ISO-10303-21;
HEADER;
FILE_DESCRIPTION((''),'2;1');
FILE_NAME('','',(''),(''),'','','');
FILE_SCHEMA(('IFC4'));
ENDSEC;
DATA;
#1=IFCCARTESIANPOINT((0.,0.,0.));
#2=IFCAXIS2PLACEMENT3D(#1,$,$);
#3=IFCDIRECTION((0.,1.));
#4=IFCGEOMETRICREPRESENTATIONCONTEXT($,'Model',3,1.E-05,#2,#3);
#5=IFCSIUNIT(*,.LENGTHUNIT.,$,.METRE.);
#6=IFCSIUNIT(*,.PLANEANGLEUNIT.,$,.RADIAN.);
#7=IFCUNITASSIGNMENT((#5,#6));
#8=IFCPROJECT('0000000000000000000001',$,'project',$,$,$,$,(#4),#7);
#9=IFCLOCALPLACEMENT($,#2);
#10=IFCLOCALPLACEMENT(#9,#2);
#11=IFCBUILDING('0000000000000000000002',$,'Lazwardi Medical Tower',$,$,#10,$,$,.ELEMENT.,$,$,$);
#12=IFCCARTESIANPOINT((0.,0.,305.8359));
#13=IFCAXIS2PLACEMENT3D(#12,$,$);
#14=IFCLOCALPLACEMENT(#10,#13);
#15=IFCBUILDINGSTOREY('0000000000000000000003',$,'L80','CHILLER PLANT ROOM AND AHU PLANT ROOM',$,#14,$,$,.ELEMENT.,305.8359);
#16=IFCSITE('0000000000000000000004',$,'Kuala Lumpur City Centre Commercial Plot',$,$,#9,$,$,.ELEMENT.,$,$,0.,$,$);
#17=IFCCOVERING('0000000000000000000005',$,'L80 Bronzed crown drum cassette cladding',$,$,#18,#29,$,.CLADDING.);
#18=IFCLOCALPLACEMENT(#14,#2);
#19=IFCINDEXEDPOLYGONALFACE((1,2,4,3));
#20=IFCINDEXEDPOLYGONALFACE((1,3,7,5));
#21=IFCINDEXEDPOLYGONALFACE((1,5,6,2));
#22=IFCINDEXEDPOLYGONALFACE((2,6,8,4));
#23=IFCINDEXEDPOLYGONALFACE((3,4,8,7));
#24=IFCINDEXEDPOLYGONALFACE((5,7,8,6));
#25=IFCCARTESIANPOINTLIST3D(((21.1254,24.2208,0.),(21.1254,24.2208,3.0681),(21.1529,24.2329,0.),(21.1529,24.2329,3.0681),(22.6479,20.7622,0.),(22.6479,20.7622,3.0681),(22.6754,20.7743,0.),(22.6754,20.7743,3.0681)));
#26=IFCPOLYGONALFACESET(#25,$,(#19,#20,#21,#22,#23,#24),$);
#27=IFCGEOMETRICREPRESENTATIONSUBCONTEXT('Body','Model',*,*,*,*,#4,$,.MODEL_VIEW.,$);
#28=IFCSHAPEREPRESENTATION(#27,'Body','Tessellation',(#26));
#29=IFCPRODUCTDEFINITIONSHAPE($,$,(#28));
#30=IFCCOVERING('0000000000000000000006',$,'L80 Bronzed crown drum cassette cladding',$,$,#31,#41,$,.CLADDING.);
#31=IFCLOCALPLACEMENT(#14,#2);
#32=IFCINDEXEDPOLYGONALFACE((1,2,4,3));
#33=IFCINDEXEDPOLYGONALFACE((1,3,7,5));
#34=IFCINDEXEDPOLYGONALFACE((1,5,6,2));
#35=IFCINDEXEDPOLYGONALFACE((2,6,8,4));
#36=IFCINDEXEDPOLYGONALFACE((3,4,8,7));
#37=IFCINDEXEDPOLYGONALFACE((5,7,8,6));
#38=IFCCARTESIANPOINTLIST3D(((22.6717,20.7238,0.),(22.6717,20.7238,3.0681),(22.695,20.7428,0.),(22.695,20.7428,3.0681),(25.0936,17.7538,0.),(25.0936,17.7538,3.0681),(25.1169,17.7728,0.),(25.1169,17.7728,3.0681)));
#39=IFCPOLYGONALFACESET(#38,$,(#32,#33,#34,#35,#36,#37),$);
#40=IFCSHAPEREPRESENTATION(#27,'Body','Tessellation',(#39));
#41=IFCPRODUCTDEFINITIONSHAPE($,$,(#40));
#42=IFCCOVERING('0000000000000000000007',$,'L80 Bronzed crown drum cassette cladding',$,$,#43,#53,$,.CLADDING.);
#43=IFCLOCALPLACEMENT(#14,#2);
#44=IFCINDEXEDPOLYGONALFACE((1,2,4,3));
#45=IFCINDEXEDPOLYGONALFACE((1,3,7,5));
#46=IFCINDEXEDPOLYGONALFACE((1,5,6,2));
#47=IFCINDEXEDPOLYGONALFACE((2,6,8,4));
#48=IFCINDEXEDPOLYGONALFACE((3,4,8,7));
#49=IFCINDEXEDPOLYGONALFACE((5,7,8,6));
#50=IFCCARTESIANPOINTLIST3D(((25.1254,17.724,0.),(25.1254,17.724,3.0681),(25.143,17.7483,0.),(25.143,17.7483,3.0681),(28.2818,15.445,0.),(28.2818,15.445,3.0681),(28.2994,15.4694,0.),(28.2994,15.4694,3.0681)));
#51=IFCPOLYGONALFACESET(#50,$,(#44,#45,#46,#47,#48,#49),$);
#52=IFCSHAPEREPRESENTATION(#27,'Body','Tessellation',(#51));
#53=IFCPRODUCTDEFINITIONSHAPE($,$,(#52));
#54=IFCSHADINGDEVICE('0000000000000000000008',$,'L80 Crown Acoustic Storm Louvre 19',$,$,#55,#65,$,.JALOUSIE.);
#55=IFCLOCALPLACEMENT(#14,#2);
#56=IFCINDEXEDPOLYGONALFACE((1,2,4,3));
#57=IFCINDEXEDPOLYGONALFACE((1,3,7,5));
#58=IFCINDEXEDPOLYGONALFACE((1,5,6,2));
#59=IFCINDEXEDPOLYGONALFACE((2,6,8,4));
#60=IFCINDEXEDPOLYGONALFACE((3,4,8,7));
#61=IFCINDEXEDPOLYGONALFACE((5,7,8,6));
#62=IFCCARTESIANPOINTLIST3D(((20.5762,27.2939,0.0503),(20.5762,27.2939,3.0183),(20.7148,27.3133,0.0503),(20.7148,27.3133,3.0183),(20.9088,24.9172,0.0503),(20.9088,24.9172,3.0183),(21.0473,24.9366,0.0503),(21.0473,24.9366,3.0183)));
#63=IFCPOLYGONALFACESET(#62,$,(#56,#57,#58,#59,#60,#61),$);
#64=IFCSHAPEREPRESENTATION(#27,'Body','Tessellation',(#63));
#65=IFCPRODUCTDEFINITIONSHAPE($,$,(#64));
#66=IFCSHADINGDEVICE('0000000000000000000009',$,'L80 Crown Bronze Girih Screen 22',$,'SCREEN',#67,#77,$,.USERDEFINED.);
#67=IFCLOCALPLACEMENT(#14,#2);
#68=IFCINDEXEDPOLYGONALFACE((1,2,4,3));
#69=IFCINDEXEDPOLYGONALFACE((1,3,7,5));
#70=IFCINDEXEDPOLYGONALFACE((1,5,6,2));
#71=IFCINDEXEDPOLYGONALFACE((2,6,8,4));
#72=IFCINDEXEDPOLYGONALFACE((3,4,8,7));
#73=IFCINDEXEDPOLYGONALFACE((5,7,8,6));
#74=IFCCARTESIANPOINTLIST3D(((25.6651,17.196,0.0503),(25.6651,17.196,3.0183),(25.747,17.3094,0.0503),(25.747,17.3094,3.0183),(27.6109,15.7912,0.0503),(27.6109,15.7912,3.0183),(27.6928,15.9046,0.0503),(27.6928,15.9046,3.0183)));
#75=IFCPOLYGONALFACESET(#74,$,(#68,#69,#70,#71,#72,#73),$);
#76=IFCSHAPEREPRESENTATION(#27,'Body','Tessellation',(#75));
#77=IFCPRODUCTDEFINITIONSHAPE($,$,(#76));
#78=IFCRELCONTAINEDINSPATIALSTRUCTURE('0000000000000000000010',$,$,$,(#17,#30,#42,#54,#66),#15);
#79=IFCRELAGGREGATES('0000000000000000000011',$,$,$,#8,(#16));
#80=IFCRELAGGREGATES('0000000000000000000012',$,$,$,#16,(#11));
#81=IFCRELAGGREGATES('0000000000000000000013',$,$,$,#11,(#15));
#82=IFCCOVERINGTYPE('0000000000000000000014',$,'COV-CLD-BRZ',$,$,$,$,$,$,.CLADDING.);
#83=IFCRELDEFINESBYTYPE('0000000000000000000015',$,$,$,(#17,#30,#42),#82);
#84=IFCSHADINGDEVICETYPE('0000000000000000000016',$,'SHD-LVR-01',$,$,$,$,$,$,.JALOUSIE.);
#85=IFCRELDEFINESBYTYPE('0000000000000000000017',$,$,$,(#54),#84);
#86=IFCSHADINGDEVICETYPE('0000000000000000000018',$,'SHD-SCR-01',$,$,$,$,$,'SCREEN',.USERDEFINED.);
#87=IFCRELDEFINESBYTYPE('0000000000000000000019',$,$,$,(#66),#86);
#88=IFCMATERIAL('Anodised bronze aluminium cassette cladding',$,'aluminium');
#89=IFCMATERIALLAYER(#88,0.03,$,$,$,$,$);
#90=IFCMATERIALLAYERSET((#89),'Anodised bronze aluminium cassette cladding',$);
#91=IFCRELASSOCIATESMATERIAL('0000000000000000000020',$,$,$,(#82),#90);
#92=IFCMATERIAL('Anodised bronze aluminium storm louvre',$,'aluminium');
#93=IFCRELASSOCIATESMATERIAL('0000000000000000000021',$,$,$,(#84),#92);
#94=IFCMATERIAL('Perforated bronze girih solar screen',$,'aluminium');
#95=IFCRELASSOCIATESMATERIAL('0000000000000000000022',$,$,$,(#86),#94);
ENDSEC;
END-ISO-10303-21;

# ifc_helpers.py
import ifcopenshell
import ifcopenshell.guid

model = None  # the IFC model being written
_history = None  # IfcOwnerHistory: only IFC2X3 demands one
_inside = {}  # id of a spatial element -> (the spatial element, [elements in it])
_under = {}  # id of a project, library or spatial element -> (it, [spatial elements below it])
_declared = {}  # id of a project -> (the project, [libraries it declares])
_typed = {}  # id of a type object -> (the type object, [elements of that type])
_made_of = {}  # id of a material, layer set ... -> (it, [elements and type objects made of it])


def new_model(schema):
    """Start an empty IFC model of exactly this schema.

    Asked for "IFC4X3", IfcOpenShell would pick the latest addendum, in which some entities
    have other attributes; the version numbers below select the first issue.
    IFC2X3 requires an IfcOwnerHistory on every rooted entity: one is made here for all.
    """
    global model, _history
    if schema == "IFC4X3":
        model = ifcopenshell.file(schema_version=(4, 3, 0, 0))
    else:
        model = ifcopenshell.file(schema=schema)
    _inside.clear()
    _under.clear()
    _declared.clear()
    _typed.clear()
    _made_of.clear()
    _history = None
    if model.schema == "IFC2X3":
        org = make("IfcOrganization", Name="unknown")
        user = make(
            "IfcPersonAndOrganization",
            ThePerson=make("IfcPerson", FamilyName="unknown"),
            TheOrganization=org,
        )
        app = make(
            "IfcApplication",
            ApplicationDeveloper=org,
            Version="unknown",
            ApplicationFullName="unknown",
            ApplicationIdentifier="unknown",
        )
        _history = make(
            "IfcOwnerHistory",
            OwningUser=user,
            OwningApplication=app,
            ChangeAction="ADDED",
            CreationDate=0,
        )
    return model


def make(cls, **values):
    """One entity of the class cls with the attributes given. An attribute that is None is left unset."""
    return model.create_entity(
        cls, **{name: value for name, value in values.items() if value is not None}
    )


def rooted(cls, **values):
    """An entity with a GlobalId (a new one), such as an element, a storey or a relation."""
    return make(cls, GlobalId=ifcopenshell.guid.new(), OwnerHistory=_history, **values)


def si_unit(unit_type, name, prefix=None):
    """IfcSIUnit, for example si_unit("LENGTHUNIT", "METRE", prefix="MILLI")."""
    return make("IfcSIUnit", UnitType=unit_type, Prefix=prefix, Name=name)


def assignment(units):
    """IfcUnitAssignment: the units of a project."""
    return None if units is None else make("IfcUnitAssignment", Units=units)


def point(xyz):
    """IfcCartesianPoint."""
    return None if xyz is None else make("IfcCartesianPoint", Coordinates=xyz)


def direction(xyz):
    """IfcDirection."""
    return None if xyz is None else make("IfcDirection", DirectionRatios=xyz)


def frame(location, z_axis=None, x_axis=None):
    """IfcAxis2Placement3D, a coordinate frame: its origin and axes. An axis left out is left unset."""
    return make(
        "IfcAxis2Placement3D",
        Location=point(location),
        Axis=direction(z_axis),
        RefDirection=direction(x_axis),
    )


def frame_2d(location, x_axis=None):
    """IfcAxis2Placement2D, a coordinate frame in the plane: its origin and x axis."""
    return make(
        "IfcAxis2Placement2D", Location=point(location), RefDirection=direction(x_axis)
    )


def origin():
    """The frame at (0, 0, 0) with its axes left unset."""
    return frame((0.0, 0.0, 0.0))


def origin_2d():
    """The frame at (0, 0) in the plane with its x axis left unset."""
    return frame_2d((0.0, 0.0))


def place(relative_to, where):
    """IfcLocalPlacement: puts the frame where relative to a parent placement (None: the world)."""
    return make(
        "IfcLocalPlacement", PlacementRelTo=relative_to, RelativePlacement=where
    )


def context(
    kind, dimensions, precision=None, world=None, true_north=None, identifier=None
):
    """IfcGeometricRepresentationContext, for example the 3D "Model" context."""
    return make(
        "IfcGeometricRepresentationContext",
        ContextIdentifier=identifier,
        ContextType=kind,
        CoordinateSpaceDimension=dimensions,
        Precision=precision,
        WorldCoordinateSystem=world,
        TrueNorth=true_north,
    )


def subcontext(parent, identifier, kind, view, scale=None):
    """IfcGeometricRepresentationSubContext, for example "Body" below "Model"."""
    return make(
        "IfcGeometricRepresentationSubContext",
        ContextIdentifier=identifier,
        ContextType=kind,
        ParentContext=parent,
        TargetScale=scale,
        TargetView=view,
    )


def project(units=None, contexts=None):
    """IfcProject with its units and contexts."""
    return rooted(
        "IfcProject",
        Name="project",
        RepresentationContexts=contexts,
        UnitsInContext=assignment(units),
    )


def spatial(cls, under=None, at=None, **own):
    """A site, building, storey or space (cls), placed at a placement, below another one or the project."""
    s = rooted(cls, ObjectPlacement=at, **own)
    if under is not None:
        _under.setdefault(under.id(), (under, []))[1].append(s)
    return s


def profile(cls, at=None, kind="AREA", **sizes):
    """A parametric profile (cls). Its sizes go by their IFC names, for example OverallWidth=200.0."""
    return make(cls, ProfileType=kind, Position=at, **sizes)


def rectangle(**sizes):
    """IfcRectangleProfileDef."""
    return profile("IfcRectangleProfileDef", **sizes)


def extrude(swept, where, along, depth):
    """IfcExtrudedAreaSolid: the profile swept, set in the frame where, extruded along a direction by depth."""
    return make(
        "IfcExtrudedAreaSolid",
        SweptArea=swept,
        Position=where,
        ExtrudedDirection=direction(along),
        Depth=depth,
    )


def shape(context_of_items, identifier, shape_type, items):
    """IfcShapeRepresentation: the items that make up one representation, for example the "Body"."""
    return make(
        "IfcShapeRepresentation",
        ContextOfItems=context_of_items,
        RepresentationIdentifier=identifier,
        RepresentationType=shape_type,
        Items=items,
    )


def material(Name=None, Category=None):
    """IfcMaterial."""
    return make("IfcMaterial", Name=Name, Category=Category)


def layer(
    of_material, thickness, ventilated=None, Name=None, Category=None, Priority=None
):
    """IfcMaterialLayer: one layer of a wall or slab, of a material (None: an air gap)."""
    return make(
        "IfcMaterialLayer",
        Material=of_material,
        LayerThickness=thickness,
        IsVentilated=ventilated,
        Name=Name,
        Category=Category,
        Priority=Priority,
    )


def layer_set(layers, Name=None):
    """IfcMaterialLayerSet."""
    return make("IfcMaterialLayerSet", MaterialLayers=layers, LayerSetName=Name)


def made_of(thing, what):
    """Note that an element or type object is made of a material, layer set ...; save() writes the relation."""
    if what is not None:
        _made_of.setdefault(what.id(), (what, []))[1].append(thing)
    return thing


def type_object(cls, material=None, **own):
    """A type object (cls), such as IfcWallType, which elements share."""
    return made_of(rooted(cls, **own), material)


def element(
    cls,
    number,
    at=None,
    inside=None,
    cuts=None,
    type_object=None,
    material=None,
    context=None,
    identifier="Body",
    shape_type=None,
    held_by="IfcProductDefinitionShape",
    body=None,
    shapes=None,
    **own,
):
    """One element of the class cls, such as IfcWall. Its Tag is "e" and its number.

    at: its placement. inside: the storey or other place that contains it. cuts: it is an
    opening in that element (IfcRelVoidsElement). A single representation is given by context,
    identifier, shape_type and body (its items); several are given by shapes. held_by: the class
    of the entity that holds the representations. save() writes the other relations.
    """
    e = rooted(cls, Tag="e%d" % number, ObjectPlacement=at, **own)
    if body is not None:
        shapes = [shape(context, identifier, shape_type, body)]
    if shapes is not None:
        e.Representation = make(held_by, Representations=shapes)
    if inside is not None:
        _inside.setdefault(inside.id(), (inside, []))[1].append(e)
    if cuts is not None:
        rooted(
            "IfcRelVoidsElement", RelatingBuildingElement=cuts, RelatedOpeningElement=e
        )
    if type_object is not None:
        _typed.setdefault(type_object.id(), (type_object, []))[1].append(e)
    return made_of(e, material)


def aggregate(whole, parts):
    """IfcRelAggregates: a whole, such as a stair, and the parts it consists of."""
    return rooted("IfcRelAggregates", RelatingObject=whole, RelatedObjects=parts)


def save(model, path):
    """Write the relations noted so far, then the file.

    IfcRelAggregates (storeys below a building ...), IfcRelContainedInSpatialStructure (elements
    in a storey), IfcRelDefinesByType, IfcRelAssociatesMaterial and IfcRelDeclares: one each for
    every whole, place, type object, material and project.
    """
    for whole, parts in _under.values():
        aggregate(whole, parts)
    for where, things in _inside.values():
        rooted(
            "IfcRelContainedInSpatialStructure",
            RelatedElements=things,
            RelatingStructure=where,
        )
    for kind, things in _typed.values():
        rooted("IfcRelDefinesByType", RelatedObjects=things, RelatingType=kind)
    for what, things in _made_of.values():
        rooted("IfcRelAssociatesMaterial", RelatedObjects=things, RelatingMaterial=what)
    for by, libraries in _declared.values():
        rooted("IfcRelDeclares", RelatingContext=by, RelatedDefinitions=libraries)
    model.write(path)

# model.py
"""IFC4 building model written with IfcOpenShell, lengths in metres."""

from ifc_helpers import new_model, si_unit, direction, frame, origin, origin_2d, place, context, subcontext, project, spatial, rectangle, extrude, material, layer, layer_set, type_object, element, save


model = new_model("IFC4")

# Units and contexts
model_context = context("Model", 3, precision=1e-05, world=origin(), true_north=direction((0.0, 1.0)))
body_context = subcontext(model_context, "Body", "Model", "MODEL_VIEW")
ifc_project = project(units=[si_unit("LENGTHUNIT", "METRE"), si_unit("PLANEANGLEUNIT", "RADIAN")], contexts=[model_context])

# Site, building, storey
site_placement = place(None, origin())
site = spatial("IfcSite", under=ifc_project, at=site_placement, Name="Kuala Lumpur City Centre Commercial Plot", CompositionType="ELEMENT", RefElevation=0.0)
building_placement = place(site_placement, origin())
building = spatial("IfcBuilding", under=site, at=building_placement, Name="Lazwardi Medical Tower", CompositionType="ELEMENT")
storey_placement = place(building_placement, frame((0.0, 0.0, 305.8359)))
storey = spatial("IfcBuildingStorey", under=building, at=storey_placement, Name="L80", Description="CHILLER PLANT ROOM AND AHU PLANT ROOM", CompositionType="ELEMENT", Elevation=305.8359)

# Coverings
ifc_material_1 = material(Name="Anodised bronze aluminium cassette cladding", Category="aluminium")
ifc_layer_1 = layer(ifc_material_1, 0.03)
ifc_layer_set_1 = layer_set([ifc_layer_1], Name="Anodised bronze aluminium cassette cladding")
covering_type = type_object("IfcCoveringType", Name="COV-CLD-BRZ", PredefinedType="CLADDING", material=ifc_layer_set_1)
covering_1_placement = place(storey_placement, frame((21.9004, 22.4976, 0.0), z_axis=(0.0, 0.0, 1.0), x_axis=(0.402906, -0.915241, 0.0)))
element("IfcCovering", 1, at=covering_1_placement, inside=storey, type_object=covering_type, Name="L80 Bronzed crown drum cassette cladding", PredefinedType="CLADDING", context=body_context, shape_type="SweptSolid", body=[
    extrude(rectangle(XDim=3.7788, YDim=0.03, at=origin_2d()), origin(), (0.0, 0.0, 1.0), 3.0681),
])
covering_2_placement = place(storey_placement, frame((23.8943, 19.2483, 0.0), z_axis=(0.0, 0.0, 1.0), x_axis=(0.631983, -0.774982, 0.0)))
element("IfcCovering", 2, at=covering_2_placement, inside=storey, type_object=covering_type, Name="L80 Bronzed crown drum cassette cladding", PredefinedType="CLADDING", context=body_context, shape_type="SweptSolid", body=[
    extrude(rectangle(XDim=3.8323, YDim=0.03, at=origin_2d()), origin(), (0.0, 0.0, 1.0), 3.0681),
])
covering_3_placement = place(storey_placement, frame((26.7124, 16.5967, 0.0), z_axis=(0.0, 0.0, 1.0), x_axis=(0.810758, -0.585381, 0.0)))
element("IfcCovering", 3, at=covering_3_placement, inside=storey, type_object=covering_type, Name="L80 Bronzed crown drum cassette cladding", PredefinedType="CLADDING", context=body_context, shape_type="SweptSolid", body=[
    extrude(rectangle(XDim=3.8931, YDim=0.03, at=origin_2d()), origin(), (0.0, 0.0, 1.0), 3.0681),
])

# Shading devices
ifc_material_2 = material(Name="Anodised bronze aluminium storm louvre", Category="aluminium")
shading_device_type_1 = type_object("IfcShadingDeviceType", Name="SHD-LVR-01", PredefinedType="JALOUSIE", material=ifc_material_2)
shading_device_1_placement = place(storey_placement, frame((20.8118, 26.1152, 0.0503), z_axis=(0.0, 0.0, 1.0), x_axis=(0.138566, -0.990353, 0.0)))
element("IfcShadingDevice", 4, at=shading_device_1_placement, inside=storey, type_object=shading_device_type_1, Name="L80 Crown Acoustic Storm Louvre 19", PredefinedType="JALOUSIE", context=body_context, shape_type="SweptSolid", body=[
    extrude(rectangle(XDim=2.3999, YDim=0.1399, at=origin_2d()), origin(), (0.0, 0.0, 1.0), 2.968),
])
ifc_material_3 = material(Name="Perforated bronze girih solar screen", Category="aluminium")
shading_device_type_2 = type_object("IfcShadingDeviceType", Name="SHD-SCR-01", ElementType="SCREEN", PredefinedType="USERDEFINED", material=ifc_material_3)
shading_device_2_placement = place(storey_placement, frame((26.679, 16.5503, 0.0503), z_axis=(0.0, 0.0, 1.0), x_axis=(0.810758, -0.585381, 0.0)))
element("IfcShadingDevice", 5, at=shading_device_2_placement, inside=storey, type_object=shading_device_type_2, Name="L80 Crown Bronze Girih Screen 22", ObjectType="SCREEN", PredefinedType="USERDEFINED", context=body_context, shape_type="SweptSolid", body=[
    extrude(rectangle(XDim=2.3999, YDim=0.1399, at=origin_2d()), origin(), (0.0, 0.0, 1.0), 2.968),
])

save(model, "model.ifc")
